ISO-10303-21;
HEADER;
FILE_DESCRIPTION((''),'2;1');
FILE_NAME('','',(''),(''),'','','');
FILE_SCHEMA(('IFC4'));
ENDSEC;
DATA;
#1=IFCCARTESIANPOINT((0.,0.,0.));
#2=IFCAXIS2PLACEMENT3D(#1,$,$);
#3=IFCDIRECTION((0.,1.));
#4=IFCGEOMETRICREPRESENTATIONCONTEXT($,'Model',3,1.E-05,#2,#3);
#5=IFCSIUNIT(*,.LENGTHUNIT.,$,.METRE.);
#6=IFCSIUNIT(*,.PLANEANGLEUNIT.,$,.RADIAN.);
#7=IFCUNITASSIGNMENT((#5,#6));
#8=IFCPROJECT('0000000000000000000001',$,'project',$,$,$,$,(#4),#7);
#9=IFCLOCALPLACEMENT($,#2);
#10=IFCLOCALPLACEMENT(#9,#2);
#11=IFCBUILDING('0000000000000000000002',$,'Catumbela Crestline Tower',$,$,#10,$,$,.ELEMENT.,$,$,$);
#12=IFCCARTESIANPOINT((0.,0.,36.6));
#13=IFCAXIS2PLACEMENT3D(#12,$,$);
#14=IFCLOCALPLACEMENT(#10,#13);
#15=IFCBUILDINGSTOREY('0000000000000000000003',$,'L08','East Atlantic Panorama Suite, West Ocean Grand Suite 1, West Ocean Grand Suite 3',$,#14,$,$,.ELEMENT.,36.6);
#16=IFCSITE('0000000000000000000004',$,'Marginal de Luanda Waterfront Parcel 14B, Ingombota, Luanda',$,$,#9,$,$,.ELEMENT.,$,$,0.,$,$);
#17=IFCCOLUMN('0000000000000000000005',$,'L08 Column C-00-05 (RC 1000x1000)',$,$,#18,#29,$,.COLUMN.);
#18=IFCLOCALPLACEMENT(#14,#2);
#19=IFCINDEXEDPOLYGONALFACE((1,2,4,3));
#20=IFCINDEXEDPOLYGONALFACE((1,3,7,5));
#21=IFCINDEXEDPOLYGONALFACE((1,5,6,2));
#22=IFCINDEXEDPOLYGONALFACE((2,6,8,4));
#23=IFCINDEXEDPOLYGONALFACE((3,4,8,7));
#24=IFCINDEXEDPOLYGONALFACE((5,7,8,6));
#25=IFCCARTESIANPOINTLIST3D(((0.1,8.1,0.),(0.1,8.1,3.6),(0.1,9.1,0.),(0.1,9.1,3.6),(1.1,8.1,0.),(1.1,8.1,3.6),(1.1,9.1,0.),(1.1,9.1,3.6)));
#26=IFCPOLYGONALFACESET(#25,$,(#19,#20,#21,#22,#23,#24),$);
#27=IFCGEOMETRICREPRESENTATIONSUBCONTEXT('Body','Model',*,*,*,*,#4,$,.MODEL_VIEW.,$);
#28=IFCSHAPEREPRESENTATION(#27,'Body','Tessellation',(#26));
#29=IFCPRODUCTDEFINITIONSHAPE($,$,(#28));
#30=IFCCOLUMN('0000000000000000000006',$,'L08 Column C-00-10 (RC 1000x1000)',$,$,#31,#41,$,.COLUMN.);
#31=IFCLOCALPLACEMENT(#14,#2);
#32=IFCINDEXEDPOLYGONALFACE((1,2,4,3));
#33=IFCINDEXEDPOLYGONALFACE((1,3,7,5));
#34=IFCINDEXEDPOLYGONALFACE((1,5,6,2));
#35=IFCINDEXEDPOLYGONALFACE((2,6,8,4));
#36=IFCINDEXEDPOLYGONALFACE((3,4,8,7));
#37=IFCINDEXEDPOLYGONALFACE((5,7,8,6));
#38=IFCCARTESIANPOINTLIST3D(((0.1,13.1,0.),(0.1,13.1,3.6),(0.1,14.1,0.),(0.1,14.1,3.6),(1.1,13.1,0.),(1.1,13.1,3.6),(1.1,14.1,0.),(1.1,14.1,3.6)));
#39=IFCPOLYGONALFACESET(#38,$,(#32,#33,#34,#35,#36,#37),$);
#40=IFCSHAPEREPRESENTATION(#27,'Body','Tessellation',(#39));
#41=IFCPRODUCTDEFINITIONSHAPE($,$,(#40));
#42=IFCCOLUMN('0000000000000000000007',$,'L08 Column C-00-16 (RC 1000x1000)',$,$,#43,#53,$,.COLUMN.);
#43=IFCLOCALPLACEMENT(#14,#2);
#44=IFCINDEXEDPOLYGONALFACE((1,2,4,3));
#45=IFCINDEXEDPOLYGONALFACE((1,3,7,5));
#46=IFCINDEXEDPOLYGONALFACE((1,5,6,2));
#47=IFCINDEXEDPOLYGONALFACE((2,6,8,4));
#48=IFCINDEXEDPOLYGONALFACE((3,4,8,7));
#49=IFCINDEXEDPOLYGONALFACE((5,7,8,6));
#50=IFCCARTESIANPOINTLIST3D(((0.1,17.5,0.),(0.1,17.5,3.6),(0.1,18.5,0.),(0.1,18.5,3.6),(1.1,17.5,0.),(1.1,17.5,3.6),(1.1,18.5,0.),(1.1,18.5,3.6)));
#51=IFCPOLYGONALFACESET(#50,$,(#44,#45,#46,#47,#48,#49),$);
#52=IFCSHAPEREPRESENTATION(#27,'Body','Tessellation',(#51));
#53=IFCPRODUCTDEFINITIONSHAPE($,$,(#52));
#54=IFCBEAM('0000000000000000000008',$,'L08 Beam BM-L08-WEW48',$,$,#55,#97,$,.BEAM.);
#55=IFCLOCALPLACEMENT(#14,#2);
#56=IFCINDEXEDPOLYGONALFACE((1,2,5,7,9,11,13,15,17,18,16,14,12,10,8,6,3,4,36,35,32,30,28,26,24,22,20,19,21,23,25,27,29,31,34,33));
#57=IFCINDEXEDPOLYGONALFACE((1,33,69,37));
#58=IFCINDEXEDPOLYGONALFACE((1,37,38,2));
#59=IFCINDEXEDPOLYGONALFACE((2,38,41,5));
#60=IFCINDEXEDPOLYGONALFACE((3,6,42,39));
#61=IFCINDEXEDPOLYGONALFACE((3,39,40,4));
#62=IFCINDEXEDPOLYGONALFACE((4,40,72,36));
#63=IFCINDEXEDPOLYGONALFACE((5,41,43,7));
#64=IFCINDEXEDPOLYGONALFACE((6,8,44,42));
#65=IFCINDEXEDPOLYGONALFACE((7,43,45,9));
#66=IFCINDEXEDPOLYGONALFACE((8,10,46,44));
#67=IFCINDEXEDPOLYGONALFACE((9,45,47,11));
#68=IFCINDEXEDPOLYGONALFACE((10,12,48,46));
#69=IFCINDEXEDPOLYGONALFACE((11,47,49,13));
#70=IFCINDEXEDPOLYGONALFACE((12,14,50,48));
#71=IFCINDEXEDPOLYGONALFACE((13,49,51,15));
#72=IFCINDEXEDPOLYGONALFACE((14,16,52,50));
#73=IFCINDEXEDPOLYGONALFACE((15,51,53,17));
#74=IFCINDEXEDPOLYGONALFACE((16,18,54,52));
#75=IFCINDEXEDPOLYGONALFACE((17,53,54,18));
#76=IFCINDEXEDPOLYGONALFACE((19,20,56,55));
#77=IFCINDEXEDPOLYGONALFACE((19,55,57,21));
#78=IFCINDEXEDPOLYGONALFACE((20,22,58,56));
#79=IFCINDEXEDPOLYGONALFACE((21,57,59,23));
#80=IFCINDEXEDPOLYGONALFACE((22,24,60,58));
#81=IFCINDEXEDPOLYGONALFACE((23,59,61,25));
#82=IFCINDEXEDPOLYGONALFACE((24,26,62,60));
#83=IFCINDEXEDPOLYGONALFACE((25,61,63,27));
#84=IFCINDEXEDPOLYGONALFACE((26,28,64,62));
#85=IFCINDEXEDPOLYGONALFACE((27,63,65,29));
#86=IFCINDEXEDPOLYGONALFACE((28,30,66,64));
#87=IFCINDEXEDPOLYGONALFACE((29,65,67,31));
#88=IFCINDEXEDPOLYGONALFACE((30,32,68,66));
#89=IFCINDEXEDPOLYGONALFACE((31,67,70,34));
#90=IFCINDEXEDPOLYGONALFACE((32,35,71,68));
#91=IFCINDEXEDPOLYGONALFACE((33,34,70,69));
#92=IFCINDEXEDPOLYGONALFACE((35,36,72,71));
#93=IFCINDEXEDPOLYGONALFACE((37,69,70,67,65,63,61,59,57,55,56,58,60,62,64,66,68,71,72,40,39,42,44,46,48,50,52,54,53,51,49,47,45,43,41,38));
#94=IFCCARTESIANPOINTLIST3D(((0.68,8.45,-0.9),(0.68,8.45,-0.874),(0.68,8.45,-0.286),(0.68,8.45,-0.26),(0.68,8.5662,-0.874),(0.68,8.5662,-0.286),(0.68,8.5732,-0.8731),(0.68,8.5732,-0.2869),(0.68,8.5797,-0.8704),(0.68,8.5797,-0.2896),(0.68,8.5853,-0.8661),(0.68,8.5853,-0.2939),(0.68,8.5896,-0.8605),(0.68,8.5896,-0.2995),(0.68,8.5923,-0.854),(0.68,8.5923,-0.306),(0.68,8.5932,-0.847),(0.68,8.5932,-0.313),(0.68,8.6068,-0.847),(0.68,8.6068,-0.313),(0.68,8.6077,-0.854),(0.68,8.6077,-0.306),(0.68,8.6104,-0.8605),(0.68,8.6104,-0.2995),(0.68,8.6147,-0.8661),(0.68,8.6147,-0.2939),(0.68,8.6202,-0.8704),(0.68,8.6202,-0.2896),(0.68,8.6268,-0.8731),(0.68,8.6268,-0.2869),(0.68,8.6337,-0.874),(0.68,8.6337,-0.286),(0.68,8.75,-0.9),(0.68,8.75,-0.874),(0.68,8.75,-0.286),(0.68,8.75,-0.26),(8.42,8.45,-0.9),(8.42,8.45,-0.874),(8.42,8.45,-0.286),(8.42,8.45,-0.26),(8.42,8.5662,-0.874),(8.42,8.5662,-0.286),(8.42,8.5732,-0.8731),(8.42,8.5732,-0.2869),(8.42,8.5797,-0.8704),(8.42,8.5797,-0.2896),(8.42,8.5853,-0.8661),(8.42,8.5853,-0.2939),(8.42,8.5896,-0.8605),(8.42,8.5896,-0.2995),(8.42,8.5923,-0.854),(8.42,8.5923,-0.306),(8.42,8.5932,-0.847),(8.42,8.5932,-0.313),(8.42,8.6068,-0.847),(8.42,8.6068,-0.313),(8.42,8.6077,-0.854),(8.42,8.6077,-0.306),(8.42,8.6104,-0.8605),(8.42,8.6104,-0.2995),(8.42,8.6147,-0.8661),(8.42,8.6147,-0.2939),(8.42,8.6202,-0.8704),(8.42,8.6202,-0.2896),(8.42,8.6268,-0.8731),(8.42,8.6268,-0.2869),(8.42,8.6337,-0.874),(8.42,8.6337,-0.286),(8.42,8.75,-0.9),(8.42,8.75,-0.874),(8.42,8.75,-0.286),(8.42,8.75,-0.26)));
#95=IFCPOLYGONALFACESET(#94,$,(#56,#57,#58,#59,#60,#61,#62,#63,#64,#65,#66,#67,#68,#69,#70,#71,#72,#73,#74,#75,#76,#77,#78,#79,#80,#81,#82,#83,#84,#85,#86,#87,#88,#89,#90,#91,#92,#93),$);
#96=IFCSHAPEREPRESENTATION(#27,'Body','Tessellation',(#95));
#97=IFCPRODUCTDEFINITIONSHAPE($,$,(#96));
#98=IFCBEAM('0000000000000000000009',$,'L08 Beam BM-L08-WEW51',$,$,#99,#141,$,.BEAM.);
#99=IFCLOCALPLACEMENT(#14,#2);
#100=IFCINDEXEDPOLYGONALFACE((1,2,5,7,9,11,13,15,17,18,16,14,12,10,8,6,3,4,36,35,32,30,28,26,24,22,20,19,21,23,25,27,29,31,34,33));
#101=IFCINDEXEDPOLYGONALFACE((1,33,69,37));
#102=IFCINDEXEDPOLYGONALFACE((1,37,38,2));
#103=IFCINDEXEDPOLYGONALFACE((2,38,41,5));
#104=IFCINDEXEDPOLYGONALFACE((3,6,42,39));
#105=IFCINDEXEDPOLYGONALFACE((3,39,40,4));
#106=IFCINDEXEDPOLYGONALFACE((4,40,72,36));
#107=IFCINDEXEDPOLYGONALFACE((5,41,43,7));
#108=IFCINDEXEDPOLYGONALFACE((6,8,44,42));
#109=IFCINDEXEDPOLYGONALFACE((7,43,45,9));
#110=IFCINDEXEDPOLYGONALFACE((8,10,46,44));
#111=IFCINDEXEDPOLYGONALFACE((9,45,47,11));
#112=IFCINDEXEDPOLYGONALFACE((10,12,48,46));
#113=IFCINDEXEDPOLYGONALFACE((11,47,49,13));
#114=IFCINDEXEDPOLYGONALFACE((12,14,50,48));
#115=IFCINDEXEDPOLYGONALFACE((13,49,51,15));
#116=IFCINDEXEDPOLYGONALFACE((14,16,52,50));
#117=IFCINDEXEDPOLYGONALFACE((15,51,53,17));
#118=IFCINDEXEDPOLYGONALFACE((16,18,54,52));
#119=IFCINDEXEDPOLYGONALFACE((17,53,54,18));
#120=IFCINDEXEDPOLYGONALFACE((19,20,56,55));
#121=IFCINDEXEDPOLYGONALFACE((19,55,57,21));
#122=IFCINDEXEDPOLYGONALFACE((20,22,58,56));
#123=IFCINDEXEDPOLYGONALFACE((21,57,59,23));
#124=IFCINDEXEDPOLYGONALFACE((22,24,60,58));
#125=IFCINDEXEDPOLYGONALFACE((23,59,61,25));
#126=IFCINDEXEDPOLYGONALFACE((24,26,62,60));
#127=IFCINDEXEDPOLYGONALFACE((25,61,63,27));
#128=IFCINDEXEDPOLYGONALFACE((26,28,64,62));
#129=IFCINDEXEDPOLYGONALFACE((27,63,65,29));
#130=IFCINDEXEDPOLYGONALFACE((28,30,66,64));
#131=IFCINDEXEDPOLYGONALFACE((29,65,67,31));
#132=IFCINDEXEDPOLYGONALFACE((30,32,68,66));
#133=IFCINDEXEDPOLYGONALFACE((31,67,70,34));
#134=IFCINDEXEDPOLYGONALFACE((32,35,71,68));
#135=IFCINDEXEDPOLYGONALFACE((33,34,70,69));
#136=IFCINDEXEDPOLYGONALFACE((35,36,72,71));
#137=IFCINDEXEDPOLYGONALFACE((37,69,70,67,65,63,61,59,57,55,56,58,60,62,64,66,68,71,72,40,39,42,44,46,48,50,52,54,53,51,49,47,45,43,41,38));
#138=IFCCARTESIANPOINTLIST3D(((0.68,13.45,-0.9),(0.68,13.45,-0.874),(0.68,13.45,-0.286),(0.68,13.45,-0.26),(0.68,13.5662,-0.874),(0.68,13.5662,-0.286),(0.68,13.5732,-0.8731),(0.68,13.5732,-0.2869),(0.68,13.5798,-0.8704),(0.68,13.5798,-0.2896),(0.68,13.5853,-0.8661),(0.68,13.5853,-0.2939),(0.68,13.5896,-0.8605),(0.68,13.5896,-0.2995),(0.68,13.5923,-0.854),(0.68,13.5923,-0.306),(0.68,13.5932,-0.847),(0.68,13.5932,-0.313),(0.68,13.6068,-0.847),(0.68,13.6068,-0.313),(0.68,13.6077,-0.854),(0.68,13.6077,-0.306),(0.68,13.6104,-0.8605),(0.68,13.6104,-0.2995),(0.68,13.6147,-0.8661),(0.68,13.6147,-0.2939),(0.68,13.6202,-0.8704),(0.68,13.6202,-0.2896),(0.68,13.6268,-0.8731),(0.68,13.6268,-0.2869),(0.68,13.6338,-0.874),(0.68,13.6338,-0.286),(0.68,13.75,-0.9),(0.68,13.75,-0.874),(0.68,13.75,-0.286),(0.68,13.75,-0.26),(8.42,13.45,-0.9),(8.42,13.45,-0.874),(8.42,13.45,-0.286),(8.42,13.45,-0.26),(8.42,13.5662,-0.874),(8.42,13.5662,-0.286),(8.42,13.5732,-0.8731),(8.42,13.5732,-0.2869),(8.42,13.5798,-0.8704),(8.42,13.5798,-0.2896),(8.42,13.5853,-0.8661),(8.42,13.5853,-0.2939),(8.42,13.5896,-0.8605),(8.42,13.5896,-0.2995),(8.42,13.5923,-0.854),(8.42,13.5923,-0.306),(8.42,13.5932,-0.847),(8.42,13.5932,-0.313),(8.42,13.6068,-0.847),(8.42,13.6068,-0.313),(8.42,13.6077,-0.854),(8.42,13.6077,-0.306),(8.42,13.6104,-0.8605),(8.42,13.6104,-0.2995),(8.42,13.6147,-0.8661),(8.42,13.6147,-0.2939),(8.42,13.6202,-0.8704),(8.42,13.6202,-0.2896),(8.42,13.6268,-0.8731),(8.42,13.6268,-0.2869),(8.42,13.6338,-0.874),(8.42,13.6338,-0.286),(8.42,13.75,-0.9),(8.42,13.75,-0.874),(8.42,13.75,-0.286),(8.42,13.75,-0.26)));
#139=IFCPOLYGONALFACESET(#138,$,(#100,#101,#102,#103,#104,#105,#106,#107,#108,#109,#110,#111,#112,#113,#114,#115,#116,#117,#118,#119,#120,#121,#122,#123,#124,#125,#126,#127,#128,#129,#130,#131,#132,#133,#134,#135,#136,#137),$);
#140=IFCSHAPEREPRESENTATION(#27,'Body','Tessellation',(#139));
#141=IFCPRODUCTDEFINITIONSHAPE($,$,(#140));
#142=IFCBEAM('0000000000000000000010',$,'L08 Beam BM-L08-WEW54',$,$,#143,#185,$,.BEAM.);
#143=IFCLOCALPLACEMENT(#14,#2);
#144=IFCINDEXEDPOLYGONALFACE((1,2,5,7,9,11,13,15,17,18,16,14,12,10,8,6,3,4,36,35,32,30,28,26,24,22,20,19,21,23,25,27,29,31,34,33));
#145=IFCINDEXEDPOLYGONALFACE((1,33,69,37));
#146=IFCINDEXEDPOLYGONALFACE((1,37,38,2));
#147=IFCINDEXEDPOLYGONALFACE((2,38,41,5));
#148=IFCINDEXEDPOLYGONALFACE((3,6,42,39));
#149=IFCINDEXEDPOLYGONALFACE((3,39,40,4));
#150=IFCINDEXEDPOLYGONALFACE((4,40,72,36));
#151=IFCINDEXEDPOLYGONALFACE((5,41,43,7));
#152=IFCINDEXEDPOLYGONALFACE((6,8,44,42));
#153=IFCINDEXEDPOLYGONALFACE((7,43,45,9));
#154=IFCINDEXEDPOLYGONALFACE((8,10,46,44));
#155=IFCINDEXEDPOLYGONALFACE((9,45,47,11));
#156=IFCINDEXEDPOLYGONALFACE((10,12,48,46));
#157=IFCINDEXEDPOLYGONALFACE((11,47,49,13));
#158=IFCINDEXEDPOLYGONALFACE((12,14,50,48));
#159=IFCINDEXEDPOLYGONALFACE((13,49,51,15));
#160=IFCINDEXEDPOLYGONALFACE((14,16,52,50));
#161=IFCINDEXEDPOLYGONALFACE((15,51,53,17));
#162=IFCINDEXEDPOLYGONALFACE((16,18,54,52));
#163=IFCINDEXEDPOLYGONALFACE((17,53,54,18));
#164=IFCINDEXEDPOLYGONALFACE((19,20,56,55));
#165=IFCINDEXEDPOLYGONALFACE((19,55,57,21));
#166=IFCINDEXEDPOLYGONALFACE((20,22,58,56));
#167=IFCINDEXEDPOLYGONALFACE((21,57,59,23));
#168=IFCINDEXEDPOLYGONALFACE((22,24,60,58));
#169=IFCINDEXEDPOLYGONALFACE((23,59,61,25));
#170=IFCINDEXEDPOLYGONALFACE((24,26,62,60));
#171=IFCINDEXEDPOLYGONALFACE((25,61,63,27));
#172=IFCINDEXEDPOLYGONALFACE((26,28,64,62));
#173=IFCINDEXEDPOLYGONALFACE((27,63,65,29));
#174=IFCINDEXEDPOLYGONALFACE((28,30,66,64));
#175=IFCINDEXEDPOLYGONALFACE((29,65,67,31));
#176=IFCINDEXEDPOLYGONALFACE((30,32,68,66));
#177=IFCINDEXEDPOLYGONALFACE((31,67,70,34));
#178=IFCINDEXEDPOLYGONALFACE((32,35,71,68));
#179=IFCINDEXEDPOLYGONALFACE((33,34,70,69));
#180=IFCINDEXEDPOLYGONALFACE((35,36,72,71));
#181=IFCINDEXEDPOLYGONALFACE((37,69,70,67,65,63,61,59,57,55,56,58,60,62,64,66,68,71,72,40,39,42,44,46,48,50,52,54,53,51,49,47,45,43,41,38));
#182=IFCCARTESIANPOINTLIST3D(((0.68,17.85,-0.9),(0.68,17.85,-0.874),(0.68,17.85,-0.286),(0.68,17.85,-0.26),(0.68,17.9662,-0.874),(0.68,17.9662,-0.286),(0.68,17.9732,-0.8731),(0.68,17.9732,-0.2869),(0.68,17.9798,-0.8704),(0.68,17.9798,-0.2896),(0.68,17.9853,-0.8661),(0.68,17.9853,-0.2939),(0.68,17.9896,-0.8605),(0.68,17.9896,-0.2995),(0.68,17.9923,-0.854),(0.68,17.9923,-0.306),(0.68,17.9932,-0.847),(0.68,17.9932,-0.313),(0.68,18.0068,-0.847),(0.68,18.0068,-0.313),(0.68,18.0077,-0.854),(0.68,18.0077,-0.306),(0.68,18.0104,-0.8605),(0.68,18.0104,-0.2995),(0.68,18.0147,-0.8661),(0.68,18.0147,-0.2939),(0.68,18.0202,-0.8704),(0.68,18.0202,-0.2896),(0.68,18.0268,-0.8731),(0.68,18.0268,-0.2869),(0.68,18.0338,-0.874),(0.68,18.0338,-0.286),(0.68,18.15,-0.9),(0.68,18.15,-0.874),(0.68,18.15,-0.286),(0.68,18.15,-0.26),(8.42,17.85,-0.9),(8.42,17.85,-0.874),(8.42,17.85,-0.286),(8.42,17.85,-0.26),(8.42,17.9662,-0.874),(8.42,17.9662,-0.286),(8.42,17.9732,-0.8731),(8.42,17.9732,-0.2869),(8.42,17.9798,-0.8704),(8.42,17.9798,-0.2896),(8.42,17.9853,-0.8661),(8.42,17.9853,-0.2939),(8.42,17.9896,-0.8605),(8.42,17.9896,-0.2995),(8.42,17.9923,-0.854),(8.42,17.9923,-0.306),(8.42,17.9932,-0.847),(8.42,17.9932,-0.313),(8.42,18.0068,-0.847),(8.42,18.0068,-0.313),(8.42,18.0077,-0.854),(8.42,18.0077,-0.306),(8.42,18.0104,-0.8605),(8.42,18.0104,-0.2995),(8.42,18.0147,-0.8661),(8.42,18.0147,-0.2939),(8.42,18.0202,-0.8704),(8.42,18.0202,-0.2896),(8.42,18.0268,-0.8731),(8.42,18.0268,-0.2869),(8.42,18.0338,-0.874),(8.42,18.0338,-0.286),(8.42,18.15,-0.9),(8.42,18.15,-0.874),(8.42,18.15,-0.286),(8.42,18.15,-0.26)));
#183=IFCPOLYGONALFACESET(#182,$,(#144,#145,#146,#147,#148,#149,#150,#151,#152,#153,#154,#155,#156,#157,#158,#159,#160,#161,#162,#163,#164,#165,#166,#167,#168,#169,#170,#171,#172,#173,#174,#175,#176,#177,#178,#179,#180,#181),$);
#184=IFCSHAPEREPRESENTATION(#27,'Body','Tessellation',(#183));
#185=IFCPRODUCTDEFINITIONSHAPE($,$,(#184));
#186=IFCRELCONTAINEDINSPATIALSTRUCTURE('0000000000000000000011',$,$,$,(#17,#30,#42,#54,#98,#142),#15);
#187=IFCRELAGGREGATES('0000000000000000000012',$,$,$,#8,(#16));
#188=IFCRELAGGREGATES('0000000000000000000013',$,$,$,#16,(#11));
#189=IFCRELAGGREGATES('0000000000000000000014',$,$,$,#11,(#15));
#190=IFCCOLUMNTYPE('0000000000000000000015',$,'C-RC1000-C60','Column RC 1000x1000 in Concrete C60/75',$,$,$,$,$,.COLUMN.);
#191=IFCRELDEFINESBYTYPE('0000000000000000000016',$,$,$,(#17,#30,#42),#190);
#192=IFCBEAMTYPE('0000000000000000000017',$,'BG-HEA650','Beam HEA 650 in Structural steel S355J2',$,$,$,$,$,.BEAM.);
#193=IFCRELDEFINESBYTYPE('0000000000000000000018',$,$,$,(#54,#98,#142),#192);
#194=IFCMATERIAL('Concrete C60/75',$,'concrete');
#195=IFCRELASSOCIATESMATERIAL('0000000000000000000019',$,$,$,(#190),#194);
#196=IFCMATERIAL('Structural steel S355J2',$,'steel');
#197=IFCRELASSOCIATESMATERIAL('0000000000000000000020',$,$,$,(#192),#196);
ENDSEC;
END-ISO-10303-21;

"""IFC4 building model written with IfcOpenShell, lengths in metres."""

from ifc_helpers import new_model, si_unit, direction, frame, origin, origin_2d, place, context, subcontext, project, spatial, rectangle, i_section, extrude, material, material_profile, profile_set, type_object, element, save


model = new_model("IFC4")

# Units and contexts
model_context = context("Model", 3, precision=1e-05, world=origin(), true_north=direction((0.0, 1.0)))
body_context = subcontext(model_context, "Body", "Model", "MODEL_VIEW")
ifc_project = project(units=[si_unit("LENGTHUNIT", "METRE"), si_unit("PLANEANGLEUNIT", "RADIAN")], contexts=[model_context])

# Site, building, storey
site_placement = place(None, origin())
site = spatial("IfcSite", under=ifc_project, at=site_placement, Name="Marginal de Luanda Waterfront Parcel 14B, Ingombota, Luanda", CompositionType="ELEMENT", RefElevation=0.0)
building_placement = place(site_placement, origin())
building = spatial("IfcBuilding", under=site, at=building_placement, Name="Catumbela Crestline Tower", CompositionType="ELEMENT")
storey_placement = place(building_placement, frame((0.0, 0.0, 36.6)))
storey = spatial("IfcBuildingStorey", under=building, at=storey_placement, Name="L08", Description="East Atlantic Panorama Suite, West Ocean Grand Suite 1, West Ocean Grand Suite 3", CompositionType="ELEMENT", Elevation=36.6)

# Columns
ifc_material_1 = material(Name="Concrete C60/75", Category="concrete")
ifc_material_profile_1 = material_profile(ifc_material_1, rectangle(XDim=1.0, YDim=1.0, at=origin_2d()), Name="RC 1000x1000")
ifc_profile_set_1 = profile_set([ifc_material_profile_1], Name="Concrete C60/75")
column_type = type_object("IfcColumnType", Name="C-RC1000-C60", Description="Column RC 1000x1000 in Concrete C60/75", PredefinedType="COLUMN", material=ifc_profile_set_1)
for number, where, z_axis, x_axis, name in (
    (1, (0.6, 8.6, 0.0), (0.0, 0.0, 1.0), (1.0, 0.0, 0.0), "L08 Column C-00-05 (RC 1000x1000)"),
    (2, (0.6, 13.6, 0.0), (0.0, 0.0, 1.0), (1.0, 0.0, 0.0), "L08 Column C-00-10 (RC 1000x1000)"),
    (3, (0.6, 18.0, 0.0), (0.0, 0.0, 1.0), (1.0, 0.0, 0.0), "L08 Column C-00-16 (RC 1000x1000)"),
):
    element("IfcColumn", number, at=place(storey_placement, frame(where, z_axis=z_axis, x_axis=x_axis)), inside=storey, type_object=column_type, Name=name, PredefinedType="COLUMN", context=body_context, shape_type="SweptSolid", body=[
        extrude(rectangle(XDim=1.0, YDim=1.0, at=origin_2d()), origin(), (0.0, 0.0, 1.0), 3.6),
    ])

# Beams
ifc_material_2 = material(Name="Structural steel S355J2", Category="steel")
ifc_material_profile_2 = material_profile(ifc_material_2, i_section(OverallWidth=0.3, OverallDepth=0.64, WebThickness=0.0135, FlangeThickness=0.026, FilletRadius=0.027, at=origin_2d()), Name="HEA 650")
ifc_profile_set_2 = profile_set([ifc_material_profile_2], Name="Structural steel S355J2")
beam_type_1 = type_object("IfcBeamType", Name="BG-HEA650", Description="Beam HEA 650 in Structural steel S355J2", PredefinedType="BEAM", material=ifc_profile_set_2)
for number, where, z_axis, x_axis, name in (
    (4, (0.68, 8.6, -0.58), (1.0, 0.0, 0.0), (0.0, 1.0, 0.0), "L08 Beam BM-L08-WEW48"),
    (5, (0.68, 13.6, -0.58), (1.0, 0.0, 0.0), (0.0, 1.0, 0.0), "L08 Beam BM-L08-WEW51"),
    (6, (0.68, 18.0, -0.58), (1.0, 0.0, 0.0), (0.0, 1.0, 0.0), "L08 Beam BM-L08-WEW54"),
):
    element("IfcBeam", number, at=place(storey_placement, frame(where, z_axis=z_axis, x_axis=x_axis)), inside=storey, type_object=beam_type_1, Name=name, PredefinedType="BEAM", context=body_context, shape_type="SweptSolid", body=[
        extrude(i_section(OverallWidth=0.3, OverallDepth=0.64, WebThickness=0.0135, FlangeThickness=0.026, FilletRadius=0.027, at=origin_2d()), origin(), (0.0, 0.0, 1.0), 7.74),
    ])

save(model, "model.ifc")
